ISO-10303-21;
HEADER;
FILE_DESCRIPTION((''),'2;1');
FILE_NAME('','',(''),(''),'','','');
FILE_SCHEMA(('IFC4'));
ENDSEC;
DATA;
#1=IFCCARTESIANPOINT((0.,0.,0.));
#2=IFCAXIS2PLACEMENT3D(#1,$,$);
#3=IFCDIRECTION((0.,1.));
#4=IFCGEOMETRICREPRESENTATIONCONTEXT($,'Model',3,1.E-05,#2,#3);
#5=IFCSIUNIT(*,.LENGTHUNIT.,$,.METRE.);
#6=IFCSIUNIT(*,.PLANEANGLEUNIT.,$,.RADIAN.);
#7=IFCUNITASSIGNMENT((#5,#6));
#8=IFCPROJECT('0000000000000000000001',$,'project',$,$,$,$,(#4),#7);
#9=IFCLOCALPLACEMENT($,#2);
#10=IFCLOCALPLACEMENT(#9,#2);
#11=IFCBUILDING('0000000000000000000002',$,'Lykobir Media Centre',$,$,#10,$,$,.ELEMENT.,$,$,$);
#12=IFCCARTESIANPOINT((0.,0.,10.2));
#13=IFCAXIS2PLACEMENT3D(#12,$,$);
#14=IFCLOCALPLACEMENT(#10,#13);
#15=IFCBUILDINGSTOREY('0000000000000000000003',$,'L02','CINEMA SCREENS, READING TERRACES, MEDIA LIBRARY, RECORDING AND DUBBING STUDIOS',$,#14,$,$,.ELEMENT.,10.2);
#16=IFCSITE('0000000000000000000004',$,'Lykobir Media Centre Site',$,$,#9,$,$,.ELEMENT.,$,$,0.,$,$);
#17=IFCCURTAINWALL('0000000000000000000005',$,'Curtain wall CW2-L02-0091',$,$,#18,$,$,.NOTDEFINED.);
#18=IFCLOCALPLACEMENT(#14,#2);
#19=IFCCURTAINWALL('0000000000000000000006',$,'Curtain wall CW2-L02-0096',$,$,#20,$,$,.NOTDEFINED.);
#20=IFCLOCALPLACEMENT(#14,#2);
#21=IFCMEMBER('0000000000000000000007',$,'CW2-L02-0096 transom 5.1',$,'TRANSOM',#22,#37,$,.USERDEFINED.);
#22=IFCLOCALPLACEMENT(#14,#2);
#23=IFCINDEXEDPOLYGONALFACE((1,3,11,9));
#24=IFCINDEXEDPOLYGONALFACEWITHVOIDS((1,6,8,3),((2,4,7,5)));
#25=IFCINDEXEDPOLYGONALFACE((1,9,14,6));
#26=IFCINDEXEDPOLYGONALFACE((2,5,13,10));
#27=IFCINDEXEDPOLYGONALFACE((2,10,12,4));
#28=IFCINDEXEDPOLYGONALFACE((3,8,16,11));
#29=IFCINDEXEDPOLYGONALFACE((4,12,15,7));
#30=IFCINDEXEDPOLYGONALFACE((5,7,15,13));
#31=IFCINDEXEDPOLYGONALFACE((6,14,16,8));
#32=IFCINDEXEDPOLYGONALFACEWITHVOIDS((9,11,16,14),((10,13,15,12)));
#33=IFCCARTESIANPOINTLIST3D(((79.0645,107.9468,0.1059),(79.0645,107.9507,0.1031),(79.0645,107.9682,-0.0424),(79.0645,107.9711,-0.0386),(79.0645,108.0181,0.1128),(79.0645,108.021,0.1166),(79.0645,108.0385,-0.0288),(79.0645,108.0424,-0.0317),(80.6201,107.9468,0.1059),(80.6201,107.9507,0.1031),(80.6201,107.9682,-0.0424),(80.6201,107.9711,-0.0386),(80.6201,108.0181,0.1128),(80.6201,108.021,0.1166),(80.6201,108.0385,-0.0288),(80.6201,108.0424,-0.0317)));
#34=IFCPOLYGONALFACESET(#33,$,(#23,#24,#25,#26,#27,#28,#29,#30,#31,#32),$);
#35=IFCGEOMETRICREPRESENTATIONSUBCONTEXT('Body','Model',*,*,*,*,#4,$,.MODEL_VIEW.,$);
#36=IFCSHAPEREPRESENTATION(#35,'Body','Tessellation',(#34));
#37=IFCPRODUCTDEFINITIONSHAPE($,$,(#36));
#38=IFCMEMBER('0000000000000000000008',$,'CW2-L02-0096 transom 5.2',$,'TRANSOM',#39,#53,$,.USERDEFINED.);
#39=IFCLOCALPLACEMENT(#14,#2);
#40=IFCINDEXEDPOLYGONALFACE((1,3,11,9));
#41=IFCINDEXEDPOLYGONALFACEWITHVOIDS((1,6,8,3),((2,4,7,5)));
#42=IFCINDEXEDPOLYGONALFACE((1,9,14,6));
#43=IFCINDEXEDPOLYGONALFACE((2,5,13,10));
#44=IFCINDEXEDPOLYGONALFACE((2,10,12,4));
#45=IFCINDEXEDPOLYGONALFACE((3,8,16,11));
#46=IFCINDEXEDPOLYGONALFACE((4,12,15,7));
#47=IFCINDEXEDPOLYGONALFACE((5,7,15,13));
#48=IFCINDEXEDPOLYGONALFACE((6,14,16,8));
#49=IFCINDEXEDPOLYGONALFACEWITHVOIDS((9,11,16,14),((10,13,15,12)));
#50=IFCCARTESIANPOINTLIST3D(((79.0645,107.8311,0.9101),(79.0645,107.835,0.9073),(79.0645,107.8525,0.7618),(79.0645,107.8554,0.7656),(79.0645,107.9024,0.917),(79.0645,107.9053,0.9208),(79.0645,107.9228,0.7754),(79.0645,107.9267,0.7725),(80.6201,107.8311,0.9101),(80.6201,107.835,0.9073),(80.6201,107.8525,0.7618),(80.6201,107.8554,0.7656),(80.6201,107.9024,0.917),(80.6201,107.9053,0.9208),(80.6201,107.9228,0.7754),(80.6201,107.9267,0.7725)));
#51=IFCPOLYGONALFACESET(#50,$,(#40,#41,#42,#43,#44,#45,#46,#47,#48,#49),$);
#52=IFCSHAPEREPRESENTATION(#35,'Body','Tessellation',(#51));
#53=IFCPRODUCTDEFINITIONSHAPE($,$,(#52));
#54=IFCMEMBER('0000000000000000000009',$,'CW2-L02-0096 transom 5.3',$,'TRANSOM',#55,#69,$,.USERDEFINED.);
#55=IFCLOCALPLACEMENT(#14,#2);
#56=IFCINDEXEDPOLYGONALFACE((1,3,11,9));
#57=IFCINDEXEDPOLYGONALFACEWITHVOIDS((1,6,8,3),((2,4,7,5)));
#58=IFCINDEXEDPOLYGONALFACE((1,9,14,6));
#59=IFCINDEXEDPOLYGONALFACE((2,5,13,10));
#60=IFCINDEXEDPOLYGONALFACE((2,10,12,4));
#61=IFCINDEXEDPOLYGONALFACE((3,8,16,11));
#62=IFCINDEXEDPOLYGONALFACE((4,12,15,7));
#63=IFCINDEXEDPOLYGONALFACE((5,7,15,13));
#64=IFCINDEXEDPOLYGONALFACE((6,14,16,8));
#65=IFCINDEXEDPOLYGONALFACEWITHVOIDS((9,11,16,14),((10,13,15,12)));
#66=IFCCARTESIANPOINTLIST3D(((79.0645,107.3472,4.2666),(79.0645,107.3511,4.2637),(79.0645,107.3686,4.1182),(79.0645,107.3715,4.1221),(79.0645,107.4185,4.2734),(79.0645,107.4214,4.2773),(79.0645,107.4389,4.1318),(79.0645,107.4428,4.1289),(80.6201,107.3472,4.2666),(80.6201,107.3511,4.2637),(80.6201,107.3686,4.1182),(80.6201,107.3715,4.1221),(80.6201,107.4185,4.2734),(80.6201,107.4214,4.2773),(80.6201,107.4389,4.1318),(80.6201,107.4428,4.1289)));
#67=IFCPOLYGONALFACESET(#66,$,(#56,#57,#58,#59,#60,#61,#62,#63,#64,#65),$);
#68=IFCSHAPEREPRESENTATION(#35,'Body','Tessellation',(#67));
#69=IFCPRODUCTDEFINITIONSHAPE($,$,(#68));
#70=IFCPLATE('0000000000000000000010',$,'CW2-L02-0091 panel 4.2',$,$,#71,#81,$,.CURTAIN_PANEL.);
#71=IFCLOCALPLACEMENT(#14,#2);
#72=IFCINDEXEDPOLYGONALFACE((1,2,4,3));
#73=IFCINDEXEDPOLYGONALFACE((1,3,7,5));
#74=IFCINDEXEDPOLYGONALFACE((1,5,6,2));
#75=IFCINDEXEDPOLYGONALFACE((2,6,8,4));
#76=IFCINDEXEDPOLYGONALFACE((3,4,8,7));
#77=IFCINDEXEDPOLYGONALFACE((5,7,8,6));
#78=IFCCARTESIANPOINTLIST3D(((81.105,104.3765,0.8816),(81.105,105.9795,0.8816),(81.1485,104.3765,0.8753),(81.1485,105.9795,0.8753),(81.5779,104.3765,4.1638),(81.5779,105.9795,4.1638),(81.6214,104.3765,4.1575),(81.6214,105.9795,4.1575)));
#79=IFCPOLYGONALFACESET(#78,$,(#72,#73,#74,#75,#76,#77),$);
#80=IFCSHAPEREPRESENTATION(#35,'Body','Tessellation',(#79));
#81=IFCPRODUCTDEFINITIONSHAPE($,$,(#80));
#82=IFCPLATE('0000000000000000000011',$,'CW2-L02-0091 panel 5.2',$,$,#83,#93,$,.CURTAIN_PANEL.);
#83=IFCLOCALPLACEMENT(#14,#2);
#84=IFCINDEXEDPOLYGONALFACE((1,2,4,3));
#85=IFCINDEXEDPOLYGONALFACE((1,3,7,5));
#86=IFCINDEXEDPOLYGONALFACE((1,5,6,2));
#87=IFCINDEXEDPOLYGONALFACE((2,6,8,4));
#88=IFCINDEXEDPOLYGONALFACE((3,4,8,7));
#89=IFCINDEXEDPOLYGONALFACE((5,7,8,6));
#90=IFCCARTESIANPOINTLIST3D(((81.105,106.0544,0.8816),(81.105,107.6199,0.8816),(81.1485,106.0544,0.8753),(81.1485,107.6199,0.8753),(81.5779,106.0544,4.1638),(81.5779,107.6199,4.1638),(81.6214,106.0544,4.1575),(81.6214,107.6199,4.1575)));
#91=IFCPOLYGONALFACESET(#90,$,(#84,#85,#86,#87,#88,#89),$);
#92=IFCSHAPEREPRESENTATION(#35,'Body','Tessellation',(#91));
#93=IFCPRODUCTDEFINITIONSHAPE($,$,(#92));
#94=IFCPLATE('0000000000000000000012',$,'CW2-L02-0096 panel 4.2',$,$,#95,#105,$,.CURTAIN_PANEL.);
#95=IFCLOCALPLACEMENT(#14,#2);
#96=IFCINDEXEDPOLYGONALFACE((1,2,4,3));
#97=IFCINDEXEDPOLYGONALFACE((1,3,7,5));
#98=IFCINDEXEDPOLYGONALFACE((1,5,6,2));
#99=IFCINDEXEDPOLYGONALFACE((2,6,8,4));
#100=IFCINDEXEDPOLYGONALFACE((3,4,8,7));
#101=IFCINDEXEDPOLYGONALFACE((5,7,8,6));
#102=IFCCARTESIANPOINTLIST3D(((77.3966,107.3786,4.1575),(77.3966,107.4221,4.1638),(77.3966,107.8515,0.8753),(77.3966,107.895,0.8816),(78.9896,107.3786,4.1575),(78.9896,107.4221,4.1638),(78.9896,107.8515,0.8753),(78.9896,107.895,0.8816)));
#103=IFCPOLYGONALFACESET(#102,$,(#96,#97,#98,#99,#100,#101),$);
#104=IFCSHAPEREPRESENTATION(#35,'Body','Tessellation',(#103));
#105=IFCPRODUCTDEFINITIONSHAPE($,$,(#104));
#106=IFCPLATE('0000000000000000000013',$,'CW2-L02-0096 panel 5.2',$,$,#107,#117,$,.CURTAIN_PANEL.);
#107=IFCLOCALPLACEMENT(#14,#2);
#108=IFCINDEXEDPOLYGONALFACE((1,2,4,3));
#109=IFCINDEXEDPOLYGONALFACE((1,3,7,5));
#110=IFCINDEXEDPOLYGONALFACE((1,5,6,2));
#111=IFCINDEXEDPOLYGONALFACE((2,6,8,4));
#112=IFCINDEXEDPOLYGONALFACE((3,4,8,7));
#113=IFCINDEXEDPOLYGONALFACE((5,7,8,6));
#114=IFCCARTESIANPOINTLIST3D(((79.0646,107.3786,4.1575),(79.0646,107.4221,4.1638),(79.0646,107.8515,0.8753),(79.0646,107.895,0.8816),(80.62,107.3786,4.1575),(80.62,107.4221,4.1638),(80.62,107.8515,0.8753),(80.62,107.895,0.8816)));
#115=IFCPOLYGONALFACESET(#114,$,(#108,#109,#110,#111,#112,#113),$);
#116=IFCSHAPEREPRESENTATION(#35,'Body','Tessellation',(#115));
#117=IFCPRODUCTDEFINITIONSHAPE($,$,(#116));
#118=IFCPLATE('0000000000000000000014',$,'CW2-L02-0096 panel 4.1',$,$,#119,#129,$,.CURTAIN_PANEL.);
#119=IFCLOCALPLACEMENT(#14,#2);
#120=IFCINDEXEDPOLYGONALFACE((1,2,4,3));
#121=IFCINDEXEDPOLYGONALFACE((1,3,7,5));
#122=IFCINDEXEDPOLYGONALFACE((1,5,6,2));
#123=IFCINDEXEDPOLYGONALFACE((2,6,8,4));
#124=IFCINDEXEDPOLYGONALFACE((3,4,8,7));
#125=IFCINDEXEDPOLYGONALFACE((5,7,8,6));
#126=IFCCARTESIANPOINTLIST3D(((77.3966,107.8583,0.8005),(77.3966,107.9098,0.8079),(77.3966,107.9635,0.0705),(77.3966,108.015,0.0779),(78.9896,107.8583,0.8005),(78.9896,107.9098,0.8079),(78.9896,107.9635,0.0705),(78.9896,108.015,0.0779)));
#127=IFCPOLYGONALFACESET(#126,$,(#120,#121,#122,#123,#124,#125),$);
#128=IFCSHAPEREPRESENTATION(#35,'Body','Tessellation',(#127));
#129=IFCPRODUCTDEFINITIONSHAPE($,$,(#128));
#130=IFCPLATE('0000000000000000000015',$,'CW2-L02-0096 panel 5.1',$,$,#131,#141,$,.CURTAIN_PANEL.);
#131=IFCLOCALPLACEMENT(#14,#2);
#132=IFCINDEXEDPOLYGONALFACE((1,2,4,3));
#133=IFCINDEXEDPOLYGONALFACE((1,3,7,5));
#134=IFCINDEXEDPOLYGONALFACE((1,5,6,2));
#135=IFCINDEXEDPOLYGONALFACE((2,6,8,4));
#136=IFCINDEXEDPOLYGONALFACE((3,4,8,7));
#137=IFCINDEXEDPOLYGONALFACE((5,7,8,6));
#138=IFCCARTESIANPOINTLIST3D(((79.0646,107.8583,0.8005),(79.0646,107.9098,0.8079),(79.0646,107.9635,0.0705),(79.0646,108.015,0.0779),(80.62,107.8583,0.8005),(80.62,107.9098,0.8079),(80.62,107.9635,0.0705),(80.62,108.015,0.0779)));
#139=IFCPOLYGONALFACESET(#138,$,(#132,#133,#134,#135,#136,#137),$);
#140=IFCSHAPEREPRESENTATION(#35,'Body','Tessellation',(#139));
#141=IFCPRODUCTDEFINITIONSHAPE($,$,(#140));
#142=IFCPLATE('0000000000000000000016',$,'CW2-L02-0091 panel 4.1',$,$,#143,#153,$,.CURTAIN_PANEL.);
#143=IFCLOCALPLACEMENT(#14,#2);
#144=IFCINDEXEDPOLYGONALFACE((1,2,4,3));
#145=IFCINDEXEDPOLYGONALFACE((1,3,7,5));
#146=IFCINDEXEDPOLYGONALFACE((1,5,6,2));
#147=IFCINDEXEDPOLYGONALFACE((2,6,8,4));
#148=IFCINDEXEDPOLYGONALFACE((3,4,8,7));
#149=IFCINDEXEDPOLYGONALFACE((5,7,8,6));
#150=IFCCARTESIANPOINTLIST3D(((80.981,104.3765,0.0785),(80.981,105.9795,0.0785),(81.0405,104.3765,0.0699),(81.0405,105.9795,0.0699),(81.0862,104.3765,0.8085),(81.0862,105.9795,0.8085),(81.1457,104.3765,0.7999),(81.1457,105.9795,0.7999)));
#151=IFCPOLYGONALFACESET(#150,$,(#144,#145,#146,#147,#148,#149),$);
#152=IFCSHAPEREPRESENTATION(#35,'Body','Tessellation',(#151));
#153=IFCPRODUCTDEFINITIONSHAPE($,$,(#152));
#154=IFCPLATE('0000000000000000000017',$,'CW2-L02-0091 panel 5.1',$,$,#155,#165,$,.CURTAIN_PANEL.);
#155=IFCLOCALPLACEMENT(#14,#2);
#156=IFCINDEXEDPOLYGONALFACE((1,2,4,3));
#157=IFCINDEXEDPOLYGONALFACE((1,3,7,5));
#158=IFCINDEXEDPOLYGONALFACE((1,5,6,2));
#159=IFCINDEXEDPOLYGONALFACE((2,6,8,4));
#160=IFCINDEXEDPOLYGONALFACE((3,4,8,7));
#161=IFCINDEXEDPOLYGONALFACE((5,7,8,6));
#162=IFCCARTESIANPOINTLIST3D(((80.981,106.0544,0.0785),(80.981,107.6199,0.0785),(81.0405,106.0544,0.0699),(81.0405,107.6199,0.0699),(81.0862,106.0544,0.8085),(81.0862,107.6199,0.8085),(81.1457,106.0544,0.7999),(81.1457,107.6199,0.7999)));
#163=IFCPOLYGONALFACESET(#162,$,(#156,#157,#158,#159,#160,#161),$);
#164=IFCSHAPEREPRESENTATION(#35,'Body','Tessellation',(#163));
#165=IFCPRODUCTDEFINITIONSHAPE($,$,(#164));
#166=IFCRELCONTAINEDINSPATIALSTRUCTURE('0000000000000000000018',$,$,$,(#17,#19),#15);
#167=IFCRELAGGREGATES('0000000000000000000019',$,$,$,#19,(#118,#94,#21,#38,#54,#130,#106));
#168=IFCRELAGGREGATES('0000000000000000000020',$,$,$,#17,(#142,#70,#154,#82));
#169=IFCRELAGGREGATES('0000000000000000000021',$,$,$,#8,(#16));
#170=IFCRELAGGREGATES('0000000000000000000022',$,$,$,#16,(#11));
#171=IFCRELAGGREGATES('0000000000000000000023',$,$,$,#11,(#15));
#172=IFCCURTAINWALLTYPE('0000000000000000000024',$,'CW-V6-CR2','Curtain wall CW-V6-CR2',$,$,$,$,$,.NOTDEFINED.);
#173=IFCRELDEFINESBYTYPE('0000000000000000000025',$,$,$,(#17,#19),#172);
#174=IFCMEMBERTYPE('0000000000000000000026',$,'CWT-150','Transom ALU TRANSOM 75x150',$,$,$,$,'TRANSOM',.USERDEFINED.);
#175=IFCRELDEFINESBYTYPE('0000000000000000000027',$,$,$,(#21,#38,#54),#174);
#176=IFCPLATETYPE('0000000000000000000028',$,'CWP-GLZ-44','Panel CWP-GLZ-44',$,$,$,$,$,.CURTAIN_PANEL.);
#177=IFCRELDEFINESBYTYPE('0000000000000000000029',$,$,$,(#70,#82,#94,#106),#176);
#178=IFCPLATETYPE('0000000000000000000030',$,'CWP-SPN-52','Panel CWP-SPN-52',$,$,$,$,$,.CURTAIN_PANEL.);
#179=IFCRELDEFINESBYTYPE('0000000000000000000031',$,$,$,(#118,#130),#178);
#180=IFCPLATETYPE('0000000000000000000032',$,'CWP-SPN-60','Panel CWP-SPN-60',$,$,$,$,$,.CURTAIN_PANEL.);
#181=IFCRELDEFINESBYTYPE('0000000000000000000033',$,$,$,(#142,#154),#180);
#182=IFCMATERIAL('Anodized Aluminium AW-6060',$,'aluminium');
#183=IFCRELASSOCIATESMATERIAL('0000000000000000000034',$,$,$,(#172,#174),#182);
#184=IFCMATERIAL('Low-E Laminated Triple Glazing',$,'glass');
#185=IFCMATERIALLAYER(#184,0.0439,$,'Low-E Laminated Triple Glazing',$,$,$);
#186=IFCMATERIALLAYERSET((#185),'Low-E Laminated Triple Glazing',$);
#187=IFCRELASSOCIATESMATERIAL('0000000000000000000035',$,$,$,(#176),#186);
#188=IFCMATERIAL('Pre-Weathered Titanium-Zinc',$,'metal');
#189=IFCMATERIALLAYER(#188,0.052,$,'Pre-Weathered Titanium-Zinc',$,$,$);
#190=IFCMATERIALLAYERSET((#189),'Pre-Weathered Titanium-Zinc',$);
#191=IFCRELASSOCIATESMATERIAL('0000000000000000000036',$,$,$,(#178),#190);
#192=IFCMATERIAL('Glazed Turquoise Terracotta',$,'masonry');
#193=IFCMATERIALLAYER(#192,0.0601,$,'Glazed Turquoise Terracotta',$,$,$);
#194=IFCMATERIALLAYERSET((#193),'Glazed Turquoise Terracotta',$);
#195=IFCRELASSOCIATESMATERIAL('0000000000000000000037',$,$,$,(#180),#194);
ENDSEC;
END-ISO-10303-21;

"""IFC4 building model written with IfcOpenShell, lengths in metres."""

from ifc_helpers import new_model, si_unit, direction, frame, origin, origin_2d, place, context, subcontext, project, spatial, rectangle, hollow_rectangle, extrude, material, layer, layer_set, material_profile, profile_set, type_object, element, aggregate, save


model = new_model("IFC4")

# Units and contexts
model_context = context("Model", 3, precision=1e-05, world=origin(), true_north=direction((0.0, 1.0)))
body_context = subcontext(model_context, "Body", "Model", "MODEL_VIEW")
ifc_project = project(units=[si_unit("LENGTHUNIT", "METRE"), si_unit("PLANEANGLEUNIT", "RADIAN")], contexts=[model_context])

# Site, building, storey
site_placement = place(None, origin())
site = spatial("IfcSite", under=ifc_project, at=site_placement, Name="Lykobir Media Centre Site", CompositionType="ELEMENT", RefElevation=0.0)
building_placement = place(site_placement, origin())
building = spatial("IfcBuilding", under=site, at=building_placement, Name="Lykobir Media Centre", CompositionType="ELEMENT")
storey_placement = place(building_placement, frame((0.0, 0.0, 10.2)))
storey = spatial("IfcBuildingStorey", under=building, at=storey_placement, Name="L02", Description="CINEMA SCREENS, READING TERRACES, MEDIA LIBRARY, RECORDING AND DUBBING STUDIOS", CompositionType="ELEMENT", Elevation=10.2)

# Curtain walls
ifc_material_1 = material(Name="Anodized Aluminium AW-6060", Category="aluminium")
curtain_wall_type = type_object("IfcCurtainWallType", Name="CW-V6-CR2", Description="Curtain wall CW-V6-CR2", PredefinedType="NOTDEFINED", material=ifc_material_1)
curtain_wall_1_placement = place(storey_placement, origin())
curtain_wall_1 = element("IfcCurtainWall", 1, at=curtain_wall_1_placement, inside=storey, type_object=curtain_wall_type, Name="Curtain wall CW2-L02-0091", PredefinedType="NOTDEFINED")
curtain_wall_2_placement = place(storey_placement, origin())
curtain_wall_2 = element("IfcCurtainWall", 2, at=curtain_wall_2_placement, inside=storey, type_object=curtain_wall_type, Name="Curtain wall CW2-L02-0096", PredefinedType="NOTDEFINED")

# Members
ifc_material_profile_1 = material_profile(ifc_material_1, hollow_rectangle(XDim=0.075, YDim=0.1499, WallThickness=0.0034, at=origin_2d()), Name="ALU TRANSOM 75x150")
ifc_profile_set_1 = profile_set([ifc_material_profile_1], Name="Anodized Aluminium AW-6060")
member_type_1 = type_object("IfcMemberType", Name="CWT-150", Description="Transom ALU TRANSOM 75x150", ElementType="TRANSOM", PredefinedType="USERDEFINED", material=ifc_profile_set_1)
member_1_placement = place(storey_placement, frame((79.0645, 107.9946, 0.0371), z_axis=(1.0, 0.0, 0.0), x_axis=(0.0, 0.989776, 0.142629)))
member_1 = element("IfcMember", 3, at=member_1_placement, type_object=member_type_1, Name="CW2-L02-0096 transom 5.1", ObjectType="TRANSOM", PredefinedType="USERDEFINED", context=body_context, shape_type="SweptSolid", body=[
    extrude(hollow_rectangle(XDim=0.075, YDim=0.1499, WallThickness=0.0034, at=origin_2d()), origin(), (0.0, 0.0, 1.0), 1.5557),
])
member_2_placement = place(storey_placement, frame((79.0645, 107.8789, 0.8413), z_axis=(1.0, 0.0, 0.0), x_axis=(0.0, 0.989776, 0.142629)))
member_2 = element("IfcMember", 4, at=member_2_placement, type_object=member_type_1, Name="CW2-L02-0096 transom 5.2", ObjectType="TRANSOM", PredefinedType="USERDEFINED", context=body_context, shape_type="SweptSolid", body=[
    extrude(hollow_rectangle(XDim=0.075, YDim=0.1499, WallThickness=0.0034, at=origin_2d()), origin(), (0.0, 0.0, 1.0), 1.5557),
])
member_3_placement = place(storey_placement, frame((79.0645, 107.395, 4.1978), z_axis=(1.0, 0.0, 0.0), x_axis=(0.0, 0.989776, 0.142629)))
member_3 = element("IfcMember", 5, at=member_3_placement, type_object=member_type_1, Name="CW2-L02-0096 transom 5.3", ObjectType="TRANSOM", PredefinedType="USERDEFINED", context=body_context, shape_type="SweptSolid", body=[
    extrude(hollow_rectangle(XDim=0.075, YDim=0.1499, WallThickness=0.0034, at=origin_2d()), origin(), (0.0, 0.0, 1.0), 1.5557),
])

# Plates
ifc_material_2 = material(Name="Low-E Laminated Triple Glazing", Category="glass")
ifc_layer_1 = layer(ifc_material_2, 0.0439, Name="Low-E Laminated Triple Glazing")
ifc_layer_set_1 = layer_set([ifc_layer_1], Name="Low-E Laminated Triple Glazing")
plate_type_1 = type_object("IfcPlateType", Name="CWP-GLZ-44", Description="Panel CWP-GLZ-44", PredefinedType="CURTAIN_PANEL", material=ifc_layer_set_1)
plate_1_placement = place(storey_placement, frame((81.1267, 105.178, 0.8784), z_axis=(0.142629, 0.0, 0.989776), x_axis=(0.0, 1.0, 0.0)))
plate_1 = element("IfcPlate", 6, at=plate_1_placement, type_object=plate_type_1, Name="CW2-L02-0091 panel 4.2", PredefinedType="CURTAIN_PANEL", context=body_context, shape_type="SweptSolid", body=[
    extrude(rectangle(XDim=1.603, YDim=0.0439, at=origin_2d()), origin(), (0.0, 0.0, 1.0), 3.3162),
])
plate_2_placement = place(storey_placement, frame((81.1267, 106.8372, 0.8784), z_axis=(0.142629, 0.0, 0.989776), x_axis=(0.0, 1.0, 0.0)))
plate_2 = element("IfcPlate", 7, at=plate_2_placement, type_object=plate_type_1, Name="CW2-L02-0091 panel 5.2", PredefinedType="CURTAIN_PANEL", context=body_context, shape_type="SweptSolid", body=[
    extrude(rectangle(XDim=1.5654, YDim=0.0439, at=origin_2d()), origin(), (0.0, 0.0, 1.0), 3.3162),
])
plate_3_placement = place(storey_placement, frame((78.1931, 107.8733, 0.8784), z_axis=(0.0, -0.142629, 0.989776), x_axis=(1.0, 0.0, 0.0)))
plate_3 = element("IfcPlate", 8, at=plate_3_placement, type_object=plate_type_1, Name="CW2-L02-0096 panel 4.2", PredefinedType="CURTAIN_PANEL", context=body_context, shape_type="SweptSolid", body=[
    extrude(rectangle(XDim=1.593, YDim=0.0439, at=origin_2d()), origin(), (0.0, 0.0, 1.0), 3.3162),
])
plate_4_placement = place(storey_placement, frame((79.8423, 107.8733, 0.8784), z_axis=(0.0, -0.142629, 0.989776), x_axis=(1.0, 0.0, 0.0)))
plate_4 = element("IfcPlate", 9, at=plate_4_placement, type_object=plate_type_1, Name="CW2-L02-0096 panel 5.2", PredefinedType="CURTAIN_PANEL", context=body_context, shape_type="SweptSolid", body=[
    extrude(rectangle(XDim=1.5554, YDim=0.0439, at=origin_2d()), origin(), (0.0, 0.0, 1.0), 3.3162),
])
ifc_material_3 = material(Name="Pre-Weathered Titanium-Zinc", Category="metal")
ifc_layer_2 = layer(ifc_material_3, 0.052, Name="Pre-Weathered Titanium-Zinc")
ifc_layer_set_2 = layer_set([ifc_layer_2], Name="Pre-Weathered Titanium-Zinc")
plate_type_2 = type_object("IfcPlateType", Name="CWP-SPN-52", Description="Panel CWP-SPN-52", PredefinedType="CURTAIN_PANEL", material=ifc_layer_set_2)
plate_5_placement = place(storey_placement, frame((78.1931, 107.9893, 0.0742), z_axis=(0.0, -0.142629, 0.989776), x_axis=(1.0, 0.0, 0.0)))
plate_5 = element("IfcPlate", 10, at=plate_5_placement, type_object=plate_type_2, Name="CW2-L02-0096 panel 4.1", PredefinedType="CURTAIN_PANEL", context=body_context, shape_type="SweptSolid", body=[
    extrude(rectangle(XDim=1.593, YDim=0.052, at=origin_2d()), origin(), (0.0, 0.0, 1.0), 0.7375),
])
plate_6_placement = place(storey_placement, frame((79.8423, 107.9893, 0.0742), z_axis=(0.0, -0.142629, 0.989776), x_axis=(1.0, 0.0, 0.0)))
plate_6 = element("IfcPlate", 11, at=plate_6_placement, type_object=plate_type_2, Name="CW2-L02-0096 panel 5.1", PredefinedType="CURTAIN_PANEL", context=body_context, shape_type="SweptSolid", body=[
    extrude(rectangle(XDim=1.5554, YDim=0.052, at=origin_2d()), origin(), (0.0, 0.0, 1.0), 0.7375),
])
aggregate(curtain_wall_2, [plate_5, plate_3, member_1, member_2, member_3, plate_6, plate_4])
ifc_material_4 = material(Name="Glazed Turquoise Terracotta", Category="masonry")
ifc_layer_3 = layer(ifc_material_4, 0.0601, Name="Glazed Turquoise Terracotta")
ifc_layer_set_3 = layer_set([ifc_layer_3], Name="Glazed Turquoise Terracotta")
plate_type_3 = type_object("IfcPlateType", Name="CWP-SPN-60", Description="Panel CWP-SPN-60", PredefinedType="CURTAIN_PANEL", material=ifc_layer_set_3)
plate_7_placement = place(storey_placement, frame((81.0107, 105.178, 0.0742), z_axis=(0.142629, 0.0, 0.989776), x_axis=(0.0, 1.0, 0.0)))
plate_7 = element("IfcPlate", 12, at=plate_7_placement, type_object=plate_type_3, Name="CW2-L02-0091 panel 4.1", PredefinedType="CURTAIN_PANEL", context=body_context, shape_type="SweptSolid", body=[
    extrude(rectangle(XDim=1.603, YDim=0.0601, at=origin_2d()), origin(), (0.0, 0.0, 1.0), 0.7375),
])
plate_8_placement = place(storey_placement, frame((81.0107, 106.8372, 0.0742), z_axis=(0.142629, 0.0, 0.989776), x_axis=(0.0, 1.0, 0.0)))
plate_8 = element("IfcPlate", 13, at=plate_8_placement, type_object=plate_type_3, Name="CW2-L02-0091 panel 5.1", PredefinedType="CURTAIN_PANEL", context=body_context, shape_type="SweptSolid", body=[
    extrude(rectangle(XDim=1.5654, YDim=0.0601, at=origin_2d()), origin(), (0.0, 0.0, 1.0), 0.7375),
])
aggregate(curtain_wall_1, [plate_7, plate_1, plate_8, plate_2])

save(model, "model.ifc")
